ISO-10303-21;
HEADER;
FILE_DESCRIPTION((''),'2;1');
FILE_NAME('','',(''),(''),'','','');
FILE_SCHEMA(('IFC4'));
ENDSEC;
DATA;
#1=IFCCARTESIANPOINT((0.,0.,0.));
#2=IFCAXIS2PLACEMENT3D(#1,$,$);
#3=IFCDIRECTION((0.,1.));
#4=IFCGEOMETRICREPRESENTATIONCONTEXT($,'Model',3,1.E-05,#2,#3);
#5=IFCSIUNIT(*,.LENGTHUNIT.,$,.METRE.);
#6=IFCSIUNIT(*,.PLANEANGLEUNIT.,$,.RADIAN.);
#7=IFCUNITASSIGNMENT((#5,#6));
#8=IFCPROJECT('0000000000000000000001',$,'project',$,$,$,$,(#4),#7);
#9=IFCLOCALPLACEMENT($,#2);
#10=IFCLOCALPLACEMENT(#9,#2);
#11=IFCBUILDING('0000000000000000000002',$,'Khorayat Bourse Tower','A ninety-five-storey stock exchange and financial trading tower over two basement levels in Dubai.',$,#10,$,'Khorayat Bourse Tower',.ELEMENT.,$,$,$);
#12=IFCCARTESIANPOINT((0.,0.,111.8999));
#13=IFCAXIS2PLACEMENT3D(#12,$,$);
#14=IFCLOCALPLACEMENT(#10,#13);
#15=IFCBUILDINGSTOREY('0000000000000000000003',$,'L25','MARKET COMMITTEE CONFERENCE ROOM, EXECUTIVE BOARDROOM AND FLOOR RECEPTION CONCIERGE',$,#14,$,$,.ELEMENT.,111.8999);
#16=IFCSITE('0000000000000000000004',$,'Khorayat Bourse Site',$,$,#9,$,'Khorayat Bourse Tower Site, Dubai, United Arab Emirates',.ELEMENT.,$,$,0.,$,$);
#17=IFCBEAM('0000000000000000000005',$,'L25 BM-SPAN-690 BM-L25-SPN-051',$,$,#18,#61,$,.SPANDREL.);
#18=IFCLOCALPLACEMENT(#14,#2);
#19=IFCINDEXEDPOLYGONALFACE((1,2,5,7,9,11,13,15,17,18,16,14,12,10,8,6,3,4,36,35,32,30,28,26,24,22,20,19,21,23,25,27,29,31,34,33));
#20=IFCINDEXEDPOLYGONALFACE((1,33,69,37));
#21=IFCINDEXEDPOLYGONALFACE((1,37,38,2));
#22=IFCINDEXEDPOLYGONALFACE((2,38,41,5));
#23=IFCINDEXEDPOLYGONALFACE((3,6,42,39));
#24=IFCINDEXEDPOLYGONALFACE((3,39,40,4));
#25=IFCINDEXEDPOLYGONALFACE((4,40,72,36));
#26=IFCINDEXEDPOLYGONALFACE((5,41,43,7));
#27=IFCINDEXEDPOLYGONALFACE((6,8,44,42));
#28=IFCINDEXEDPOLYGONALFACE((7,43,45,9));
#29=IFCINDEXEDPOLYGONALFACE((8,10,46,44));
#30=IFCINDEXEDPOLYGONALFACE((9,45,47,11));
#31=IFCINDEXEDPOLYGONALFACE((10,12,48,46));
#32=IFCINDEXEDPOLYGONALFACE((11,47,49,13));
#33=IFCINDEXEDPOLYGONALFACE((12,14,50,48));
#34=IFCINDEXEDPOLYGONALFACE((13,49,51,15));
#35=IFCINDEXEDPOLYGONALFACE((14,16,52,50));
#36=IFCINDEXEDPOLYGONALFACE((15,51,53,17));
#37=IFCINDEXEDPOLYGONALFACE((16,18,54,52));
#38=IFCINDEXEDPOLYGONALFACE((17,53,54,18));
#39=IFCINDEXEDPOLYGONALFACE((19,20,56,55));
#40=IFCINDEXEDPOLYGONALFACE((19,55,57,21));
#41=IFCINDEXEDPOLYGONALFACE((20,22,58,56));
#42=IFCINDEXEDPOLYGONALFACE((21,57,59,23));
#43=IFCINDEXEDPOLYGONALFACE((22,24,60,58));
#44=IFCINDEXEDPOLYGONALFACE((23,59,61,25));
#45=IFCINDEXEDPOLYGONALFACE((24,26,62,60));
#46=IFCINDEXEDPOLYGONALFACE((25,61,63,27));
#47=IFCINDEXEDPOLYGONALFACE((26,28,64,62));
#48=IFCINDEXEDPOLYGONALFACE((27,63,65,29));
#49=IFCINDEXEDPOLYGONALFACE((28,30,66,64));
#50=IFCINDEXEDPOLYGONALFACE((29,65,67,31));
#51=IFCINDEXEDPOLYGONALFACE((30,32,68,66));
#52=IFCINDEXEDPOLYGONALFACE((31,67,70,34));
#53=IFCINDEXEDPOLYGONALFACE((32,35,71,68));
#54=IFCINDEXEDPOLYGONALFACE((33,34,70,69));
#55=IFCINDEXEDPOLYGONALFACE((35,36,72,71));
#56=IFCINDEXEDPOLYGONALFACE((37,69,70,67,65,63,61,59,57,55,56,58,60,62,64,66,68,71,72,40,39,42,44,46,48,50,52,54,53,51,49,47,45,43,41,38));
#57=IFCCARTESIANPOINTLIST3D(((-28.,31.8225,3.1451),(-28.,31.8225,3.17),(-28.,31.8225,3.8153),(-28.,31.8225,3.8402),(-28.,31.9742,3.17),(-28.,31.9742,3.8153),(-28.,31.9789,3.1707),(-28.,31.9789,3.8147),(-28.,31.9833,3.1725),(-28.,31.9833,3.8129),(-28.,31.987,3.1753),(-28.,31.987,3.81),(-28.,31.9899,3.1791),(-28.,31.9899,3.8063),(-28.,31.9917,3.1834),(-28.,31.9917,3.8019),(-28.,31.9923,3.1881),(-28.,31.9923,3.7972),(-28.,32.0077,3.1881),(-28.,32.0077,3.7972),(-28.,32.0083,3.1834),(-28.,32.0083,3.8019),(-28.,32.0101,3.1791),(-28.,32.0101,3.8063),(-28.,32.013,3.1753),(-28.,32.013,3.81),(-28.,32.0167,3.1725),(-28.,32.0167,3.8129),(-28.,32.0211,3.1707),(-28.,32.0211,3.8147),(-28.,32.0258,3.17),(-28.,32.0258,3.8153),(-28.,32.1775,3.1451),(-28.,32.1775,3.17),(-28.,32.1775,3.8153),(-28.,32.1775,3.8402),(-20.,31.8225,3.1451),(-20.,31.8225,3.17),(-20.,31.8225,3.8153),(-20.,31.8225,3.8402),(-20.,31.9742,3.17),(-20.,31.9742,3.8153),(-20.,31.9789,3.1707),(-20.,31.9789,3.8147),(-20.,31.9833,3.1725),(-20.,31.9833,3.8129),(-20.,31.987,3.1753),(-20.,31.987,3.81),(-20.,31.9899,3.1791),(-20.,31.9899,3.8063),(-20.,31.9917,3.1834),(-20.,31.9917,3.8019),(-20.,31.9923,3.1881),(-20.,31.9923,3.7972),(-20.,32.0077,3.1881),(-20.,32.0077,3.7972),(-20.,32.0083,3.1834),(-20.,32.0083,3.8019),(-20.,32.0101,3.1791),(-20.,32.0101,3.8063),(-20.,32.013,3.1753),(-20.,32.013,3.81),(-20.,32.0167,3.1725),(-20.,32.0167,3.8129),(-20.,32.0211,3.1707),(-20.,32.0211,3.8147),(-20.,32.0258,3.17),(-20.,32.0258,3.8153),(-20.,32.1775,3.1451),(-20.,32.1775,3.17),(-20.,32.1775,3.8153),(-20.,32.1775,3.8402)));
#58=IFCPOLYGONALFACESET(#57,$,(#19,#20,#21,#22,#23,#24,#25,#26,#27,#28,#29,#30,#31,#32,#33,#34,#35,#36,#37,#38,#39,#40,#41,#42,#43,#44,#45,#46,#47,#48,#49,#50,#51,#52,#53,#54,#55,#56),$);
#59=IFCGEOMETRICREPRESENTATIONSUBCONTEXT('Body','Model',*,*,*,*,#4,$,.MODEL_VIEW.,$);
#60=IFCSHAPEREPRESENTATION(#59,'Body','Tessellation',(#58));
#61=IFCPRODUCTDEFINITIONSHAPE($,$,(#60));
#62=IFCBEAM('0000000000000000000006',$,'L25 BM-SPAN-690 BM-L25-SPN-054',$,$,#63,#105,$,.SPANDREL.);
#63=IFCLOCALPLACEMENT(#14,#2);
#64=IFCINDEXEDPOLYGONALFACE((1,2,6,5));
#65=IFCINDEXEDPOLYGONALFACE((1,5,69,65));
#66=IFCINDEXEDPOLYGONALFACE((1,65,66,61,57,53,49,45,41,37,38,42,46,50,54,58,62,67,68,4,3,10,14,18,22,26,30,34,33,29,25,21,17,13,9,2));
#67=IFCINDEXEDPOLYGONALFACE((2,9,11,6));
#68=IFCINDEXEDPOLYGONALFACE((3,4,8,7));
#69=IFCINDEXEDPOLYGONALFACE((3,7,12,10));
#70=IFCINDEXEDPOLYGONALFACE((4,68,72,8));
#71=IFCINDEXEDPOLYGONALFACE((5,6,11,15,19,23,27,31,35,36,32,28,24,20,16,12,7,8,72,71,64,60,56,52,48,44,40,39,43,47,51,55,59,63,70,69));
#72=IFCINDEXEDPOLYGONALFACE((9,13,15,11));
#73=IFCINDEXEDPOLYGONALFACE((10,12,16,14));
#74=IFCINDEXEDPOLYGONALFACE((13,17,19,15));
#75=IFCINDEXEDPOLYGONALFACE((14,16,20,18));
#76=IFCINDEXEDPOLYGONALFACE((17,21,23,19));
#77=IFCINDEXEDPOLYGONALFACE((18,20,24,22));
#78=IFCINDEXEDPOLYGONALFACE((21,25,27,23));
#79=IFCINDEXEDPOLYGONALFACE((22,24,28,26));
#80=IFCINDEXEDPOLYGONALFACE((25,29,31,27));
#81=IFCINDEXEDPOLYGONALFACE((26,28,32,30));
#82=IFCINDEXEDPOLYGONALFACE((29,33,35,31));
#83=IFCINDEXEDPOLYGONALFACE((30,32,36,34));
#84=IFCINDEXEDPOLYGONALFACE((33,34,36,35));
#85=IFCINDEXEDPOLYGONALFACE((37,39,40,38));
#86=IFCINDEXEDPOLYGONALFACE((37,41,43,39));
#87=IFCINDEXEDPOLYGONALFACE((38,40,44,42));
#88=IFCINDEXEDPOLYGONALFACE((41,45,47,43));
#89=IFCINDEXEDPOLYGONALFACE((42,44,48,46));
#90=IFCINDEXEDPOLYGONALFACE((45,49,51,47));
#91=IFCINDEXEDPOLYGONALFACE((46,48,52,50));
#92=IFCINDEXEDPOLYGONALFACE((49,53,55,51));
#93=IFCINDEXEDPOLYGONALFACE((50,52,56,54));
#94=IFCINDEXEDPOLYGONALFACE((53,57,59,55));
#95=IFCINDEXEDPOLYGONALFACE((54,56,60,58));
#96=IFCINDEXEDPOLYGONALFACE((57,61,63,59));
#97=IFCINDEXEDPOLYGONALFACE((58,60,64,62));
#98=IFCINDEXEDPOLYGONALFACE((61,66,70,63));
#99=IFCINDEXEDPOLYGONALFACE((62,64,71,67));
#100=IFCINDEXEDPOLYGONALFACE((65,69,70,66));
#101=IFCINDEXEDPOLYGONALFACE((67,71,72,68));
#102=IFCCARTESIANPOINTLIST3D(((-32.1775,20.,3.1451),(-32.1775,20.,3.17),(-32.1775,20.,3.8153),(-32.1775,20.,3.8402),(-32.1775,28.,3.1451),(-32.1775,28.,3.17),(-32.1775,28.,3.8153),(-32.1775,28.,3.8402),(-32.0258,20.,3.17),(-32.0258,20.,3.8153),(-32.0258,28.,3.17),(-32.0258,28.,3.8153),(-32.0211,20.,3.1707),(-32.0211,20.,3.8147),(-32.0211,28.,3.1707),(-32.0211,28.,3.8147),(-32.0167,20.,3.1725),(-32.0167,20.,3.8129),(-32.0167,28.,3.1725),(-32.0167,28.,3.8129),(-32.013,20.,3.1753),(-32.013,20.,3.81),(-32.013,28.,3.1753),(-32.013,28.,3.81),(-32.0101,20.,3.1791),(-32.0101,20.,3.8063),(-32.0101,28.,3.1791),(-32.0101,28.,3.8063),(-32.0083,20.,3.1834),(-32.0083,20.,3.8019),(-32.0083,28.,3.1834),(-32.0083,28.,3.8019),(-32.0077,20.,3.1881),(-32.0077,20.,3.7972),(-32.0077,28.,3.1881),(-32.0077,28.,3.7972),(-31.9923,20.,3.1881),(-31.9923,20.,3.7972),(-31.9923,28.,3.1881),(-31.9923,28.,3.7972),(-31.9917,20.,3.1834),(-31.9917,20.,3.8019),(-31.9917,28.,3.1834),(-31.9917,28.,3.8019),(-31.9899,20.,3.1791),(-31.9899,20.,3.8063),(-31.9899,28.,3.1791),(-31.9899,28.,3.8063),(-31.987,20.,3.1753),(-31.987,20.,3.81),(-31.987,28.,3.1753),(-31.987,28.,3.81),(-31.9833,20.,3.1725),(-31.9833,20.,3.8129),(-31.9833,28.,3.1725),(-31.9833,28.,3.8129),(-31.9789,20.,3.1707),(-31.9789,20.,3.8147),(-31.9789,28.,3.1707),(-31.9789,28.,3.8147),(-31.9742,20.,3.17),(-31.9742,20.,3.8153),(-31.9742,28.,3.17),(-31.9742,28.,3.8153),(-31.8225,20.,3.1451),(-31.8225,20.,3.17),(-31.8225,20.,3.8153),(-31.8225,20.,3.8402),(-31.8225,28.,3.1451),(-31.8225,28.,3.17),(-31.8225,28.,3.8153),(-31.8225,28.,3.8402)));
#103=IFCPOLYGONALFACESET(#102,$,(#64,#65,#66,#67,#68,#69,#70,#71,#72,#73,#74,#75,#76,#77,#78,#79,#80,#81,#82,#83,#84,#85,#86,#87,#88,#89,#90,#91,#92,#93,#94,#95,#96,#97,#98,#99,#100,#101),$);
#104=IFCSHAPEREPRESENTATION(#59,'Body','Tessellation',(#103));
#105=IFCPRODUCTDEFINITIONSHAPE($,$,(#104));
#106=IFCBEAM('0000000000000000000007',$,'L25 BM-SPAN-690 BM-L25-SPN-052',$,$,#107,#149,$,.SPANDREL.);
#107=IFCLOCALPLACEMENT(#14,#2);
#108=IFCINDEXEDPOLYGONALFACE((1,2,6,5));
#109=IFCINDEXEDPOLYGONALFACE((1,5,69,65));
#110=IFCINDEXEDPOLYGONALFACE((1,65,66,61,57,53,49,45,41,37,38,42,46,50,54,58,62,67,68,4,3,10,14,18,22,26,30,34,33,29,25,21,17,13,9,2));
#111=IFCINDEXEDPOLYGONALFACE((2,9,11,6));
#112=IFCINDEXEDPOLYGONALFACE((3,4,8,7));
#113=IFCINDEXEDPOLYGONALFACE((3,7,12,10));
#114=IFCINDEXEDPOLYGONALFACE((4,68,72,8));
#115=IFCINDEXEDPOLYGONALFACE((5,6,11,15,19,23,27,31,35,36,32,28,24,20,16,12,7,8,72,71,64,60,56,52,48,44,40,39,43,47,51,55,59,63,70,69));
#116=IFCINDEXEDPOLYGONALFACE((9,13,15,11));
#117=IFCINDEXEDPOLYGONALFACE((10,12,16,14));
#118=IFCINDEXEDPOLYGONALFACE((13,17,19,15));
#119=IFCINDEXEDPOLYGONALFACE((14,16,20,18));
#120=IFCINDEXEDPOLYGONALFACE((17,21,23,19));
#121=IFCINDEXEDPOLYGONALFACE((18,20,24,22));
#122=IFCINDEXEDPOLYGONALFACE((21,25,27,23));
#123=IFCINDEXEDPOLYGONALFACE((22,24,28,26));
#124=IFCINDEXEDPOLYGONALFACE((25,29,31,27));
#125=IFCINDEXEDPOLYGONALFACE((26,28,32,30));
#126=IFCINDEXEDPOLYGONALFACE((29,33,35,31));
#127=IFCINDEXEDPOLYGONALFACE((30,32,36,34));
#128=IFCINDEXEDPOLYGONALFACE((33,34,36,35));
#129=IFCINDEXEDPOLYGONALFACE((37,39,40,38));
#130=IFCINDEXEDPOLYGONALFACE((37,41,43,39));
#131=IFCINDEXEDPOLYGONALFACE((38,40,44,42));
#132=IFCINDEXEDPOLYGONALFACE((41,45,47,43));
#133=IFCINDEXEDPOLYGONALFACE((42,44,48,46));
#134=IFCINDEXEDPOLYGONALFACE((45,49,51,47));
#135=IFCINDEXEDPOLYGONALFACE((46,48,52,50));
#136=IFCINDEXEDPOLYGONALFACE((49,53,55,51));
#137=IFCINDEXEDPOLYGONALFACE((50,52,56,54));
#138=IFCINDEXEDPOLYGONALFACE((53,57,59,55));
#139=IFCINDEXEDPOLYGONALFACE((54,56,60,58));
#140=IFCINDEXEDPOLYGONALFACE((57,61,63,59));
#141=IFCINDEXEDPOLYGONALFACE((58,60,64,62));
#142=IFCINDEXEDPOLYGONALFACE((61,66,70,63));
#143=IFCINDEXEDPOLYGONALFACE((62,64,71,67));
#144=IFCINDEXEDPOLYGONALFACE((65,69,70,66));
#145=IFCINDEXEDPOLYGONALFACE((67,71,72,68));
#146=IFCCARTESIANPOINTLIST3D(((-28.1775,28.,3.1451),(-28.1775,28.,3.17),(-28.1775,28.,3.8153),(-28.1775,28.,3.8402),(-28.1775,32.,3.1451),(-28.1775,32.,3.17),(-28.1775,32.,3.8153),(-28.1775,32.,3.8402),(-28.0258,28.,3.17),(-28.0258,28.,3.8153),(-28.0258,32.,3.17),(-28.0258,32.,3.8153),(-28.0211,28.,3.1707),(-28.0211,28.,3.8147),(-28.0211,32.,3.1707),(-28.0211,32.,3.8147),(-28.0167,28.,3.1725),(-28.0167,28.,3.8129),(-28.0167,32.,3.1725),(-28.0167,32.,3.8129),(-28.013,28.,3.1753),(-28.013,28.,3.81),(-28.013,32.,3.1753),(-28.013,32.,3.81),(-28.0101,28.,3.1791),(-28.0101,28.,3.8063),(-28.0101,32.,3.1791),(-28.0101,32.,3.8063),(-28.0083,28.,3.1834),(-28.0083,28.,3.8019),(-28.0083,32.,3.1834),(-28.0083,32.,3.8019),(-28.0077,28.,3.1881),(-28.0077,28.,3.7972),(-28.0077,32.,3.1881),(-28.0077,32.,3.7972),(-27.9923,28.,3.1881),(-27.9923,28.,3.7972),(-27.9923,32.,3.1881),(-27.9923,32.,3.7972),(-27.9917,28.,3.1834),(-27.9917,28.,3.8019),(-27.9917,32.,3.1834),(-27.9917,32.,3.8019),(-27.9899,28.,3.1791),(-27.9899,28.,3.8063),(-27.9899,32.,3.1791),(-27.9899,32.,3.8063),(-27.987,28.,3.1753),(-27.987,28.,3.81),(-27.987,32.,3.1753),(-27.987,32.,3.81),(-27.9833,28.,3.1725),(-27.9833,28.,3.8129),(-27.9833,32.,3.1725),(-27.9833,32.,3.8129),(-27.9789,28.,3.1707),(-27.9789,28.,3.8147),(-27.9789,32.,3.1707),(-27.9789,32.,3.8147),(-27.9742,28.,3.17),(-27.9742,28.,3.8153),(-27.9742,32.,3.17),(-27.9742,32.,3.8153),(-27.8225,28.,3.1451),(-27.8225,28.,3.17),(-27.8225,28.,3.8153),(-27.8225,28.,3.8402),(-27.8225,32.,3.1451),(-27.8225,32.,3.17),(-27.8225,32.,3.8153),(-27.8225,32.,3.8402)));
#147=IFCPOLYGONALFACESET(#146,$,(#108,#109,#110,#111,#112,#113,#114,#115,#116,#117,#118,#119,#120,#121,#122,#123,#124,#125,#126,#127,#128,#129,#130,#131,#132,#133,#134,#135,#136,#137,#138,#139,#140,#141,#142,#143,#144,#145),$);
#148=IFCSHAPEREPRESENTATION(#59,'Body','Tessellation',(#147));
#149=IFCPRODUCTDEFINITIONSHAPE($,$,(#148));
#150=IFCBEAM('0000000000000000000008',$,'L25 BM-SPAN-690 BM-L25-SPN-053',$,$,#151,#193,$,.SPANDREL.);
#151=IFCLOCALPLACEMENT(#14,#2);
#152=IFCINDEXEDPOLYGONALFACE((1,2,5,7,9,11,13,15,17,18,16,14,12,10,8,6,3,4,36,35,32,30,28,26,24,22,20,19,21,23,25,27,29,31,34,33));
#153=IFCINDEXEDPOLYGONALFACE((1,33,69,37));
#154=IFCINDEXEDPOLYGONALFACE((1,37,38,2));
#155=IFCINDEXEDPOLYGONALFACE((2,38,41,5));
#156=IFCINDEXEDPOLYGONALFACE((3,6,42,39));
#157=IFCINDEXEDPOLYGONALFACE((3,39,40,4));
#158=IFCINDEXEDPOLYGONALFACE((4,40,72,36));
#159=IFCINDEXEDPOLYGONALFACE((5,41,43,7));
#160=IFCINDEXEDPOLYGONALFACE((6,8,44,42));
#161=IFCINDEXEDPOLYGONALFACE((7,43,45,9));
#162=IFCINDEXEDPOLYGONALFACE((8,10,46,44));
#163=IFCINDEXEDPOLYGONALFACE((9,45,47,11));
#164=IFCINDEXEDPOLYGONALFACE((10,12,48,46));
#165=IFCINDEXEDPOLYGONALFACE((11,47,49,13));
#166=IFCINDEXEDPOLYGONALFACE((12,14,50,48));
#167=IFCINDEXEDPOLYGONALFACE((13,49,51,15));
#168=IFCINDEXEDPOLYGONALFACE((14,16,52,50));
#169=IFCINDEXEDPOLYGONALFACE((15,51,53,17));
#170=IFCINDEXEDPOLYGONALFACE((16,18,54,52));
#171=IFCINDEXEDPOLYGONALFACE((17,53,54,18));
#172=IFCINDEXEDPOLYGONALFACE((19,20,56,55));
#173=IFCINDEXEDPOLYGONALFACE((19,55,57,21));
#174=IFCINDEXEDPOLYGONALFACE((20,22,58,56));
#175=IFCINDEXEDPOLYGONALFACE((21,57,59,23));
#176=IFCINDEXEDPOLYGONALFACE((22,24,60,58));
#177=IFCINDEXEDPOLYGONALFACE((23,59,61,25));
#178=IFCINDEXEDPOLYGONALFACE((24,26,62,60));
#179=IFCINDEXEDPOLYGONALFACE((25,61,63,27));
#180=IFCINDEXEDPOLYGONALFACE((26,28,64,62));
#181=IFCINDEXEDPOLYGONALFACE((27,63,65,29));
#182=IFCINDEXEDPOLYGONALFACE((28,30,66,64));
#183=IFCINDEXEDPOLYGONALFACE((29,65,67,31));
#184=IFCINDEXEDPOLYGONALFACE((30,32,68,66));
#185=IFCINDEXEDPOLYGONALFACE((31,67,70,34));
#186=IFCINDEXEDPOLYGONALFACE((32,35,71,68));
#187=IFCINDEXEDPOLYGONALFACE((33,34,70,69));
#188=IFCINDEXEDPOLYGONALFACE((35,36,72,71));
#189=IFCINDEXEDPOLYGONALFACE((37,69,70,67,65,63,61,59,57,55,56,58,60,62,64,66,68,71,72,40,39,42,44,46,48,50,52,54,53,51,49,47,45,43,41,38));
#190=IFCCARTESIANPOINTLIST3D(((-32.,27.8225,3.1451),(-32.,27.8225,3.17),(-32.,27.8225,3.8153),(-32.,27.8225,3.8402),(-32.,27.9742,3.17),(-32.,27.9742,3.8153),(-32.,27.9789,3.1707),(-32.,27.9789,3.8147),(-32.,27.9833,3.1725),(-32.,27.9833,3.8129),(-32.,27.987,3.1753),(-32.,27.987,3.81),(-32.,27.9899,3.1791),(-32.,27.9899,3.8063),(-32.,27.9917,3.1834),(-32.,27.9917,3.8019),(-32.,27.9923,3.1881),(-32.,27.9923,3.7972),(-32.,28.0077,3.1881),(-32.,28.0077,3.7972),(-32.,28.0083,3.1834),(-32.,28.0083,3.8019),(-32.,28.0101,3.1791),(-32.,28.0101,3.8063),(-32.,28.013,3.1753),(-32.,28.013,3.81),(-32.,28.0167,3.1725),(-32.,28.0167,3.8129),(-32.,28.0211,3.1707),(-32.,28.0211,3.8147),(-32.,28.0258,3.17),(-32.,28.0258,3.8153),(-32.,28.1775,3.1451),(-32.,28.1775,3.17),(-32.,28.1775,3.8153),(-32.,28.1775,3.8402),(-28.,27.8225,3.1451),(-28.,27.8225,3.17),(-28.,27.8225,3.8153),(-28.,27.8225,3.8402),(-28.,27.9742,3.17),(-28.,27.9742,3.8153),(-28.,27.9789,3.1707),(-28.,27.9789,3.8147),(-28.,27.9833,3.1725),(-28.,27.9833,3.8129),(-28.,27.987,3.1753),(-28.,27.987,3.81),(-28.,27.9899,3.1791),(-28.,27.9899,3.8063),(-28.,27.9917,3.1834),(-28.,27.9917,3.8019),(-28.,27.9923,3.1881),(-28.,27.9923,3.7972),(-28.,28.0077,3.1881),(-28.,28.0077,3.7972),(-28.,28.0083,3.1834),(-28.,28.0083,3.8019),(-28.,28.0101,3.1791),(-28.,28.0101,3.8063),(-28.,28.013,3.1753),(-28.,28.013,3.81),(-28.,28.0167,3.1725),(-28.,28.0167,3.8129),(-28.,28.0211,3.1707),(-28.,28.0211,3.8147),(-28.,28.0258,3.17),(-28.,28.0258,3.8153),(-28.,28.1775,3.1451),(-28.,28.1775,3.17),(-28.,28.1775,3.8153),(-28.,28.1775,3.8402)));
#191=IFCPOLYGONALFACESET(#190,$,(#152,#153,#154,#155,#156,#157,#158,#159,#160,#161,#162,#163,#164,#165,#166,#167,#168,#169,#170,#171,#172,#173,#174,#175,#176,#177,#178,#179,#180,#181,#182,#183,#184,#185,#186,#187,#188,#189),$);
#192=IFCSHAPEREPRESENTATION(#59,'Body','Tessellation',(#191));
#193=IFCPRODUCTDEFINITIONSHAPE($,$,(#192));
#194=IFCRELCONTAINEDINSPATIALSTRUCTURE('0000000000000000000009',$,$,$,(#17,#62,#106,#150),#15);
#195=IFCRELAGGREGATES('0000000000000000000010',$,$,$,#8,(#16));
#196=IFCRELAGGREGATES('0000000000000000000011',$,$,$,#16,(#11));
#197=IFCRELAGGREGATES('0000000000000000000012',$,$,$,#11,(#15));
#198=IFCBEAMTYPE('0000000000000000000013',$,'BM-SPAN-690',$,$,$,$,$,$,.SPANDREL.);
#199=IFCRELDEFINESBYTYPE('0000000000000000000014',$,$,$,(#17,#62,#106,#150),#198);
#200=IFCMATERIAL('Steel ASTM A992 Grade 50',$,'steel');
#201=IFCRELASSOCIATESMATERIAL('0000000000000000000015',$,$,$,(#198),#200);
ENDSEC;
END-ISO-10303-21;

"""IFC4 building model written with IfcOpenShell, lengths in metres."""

from ifc_helpers import new_model, si_unit, direction, frame, origin, origin_2d, place, context, subcontext, project, spatial, i_section, extrude, source, transform, mapped, material, material_profile, profile_set, type_object, element, save


model = new_model("IFC4")

# Units and contexts
model_context = context("Model", 3, precision=1e-05, world=origin(), true_north=direction((0.0, 1.0)))
body_context = subcontext(model_context, "Body", "Model", "MODEL_VIEW")
ifc_project = project(units=[si_unit("LENGTHUNIT", "METRE"), si_unit("PLANEANGLEUNIT", "RADIAN")], contexts=[model_context])

# Site, building, storey
site_placement = place(None, origin())
site = spatial("IfcSite", under=ifc_project, at=site_placement, Name="Khorayat Bourse Site", LongName="Khorayat Bourse Tower Site, Dubai, United Arab Emirates", CompositionType="ELEMENT", RefElevation=0.0)
building_placement = place(site_placement, origin())
building = spatial("IfcBuilding", under=site, at=building_placement, Name="Khorayat Bourse Tower", Description="A ninety-five-storey stock exchange and financial trading tower over two basement levels in Dubai.", LongName="Khorayat Bourse Tower", CompositionType="ELEMENT")
storey_placement = place(building_placement, frame((0.0, 0.0, 111.8999)))
storey = spatial("IfcBuildingStorey", under=building, at=storey_placement, Name="L25", Description="MARKET COMMITTEE CONFERENCE ROOM, EXECUTIVE BOARDROOM AND FLOOR RECEPTION CONCIERGE", CompositionType="ELEMENT", Elevation=111.8999)

# Beams
ifc_material_1 = material(Name="Steel ASTM A992 Grade 50", Category="steel")
ifc_material_profile_1 = material_profile(ifc_material_1, i_section(OverallWidth=0.355, OverallDepth=0.6951, WebThickness=0.0154, FlangeThickness=0.0249, FilletRadius=0.0181, at=origin_2d()), Name="W690X217")
ifc_profile_set_1 = profile_set([ifc_material_profile_1], Name="Steel ASTM A992 Grade 50")
beam_type_1 = type_object("IfcBeamType", Name="BM-SPAN-690", PredefinedType="SPANDREL", material=ifc_profile_set_1)
shared_shape_1 = source(origin(), body_context, "Body", "SweptSolid", [
    extrude(i_section(OverallWidth=0.355, OverallDepth=0.6951, WebThickness=0.0154, FlangeThickness=0.0249, FilletRadius=0.0181, at=origin_2d()), origin(), (0.0, 0.0, 1.0), 8.0),
])
for number, where, z_axis, x_axis, name in (
    (1, (-28.0, 32.0, 3.4927), (1.0, 0.0, 0.0), (0.0, 1.0, 0.0), "L25 BM-SPAN-690 BM-L25-SPN-051"),
    (2, (-32.0, 20.0, 3.4927), (0.0, 1.0, 0.0), (-1.0, 0.0, 0.0), "L25 BM-SPAN-690 BM-L25-SPN-054"),
):
    element("IfcBeam", number, at=place(storey_placement, frame(where, z_axis=z_axis, x_axis=x_axis)), inside=storey, type_object=beam_type_1, Name=name, PredefinedType="SPANDREL", context=body_context, shape_type="MappedRepresentation", body=[
        mapped(shared_shape_1, transform((0.0, 0.0, 0.0), scale=1.0)),
    ])
shared_shape_2 = source(origin(), body_context, "Body", "SweptSolid", [
    extrude(i_section(OverallWidth=0.355, OverallDepth=0.6951, WebThickness=0.0154, FlangeThickness=0.0249, FilletRadius=0.0181, at=origin_2d()), origin(), (0.0, 0.0, 1.0), 4.0),
])
for number, where, z_axis, x_axis, name in (
    (3, (-28.0, 28.0, 3.4927), (0.0, 1.0, 0.0), (-1.0, 0.0, 0.0), "L25 BM-SPAN-690 BM-L25-SPN-052"),
    (4, (-32.0, 28.0, 3.4927), (1.0, 0.0, 0.0), (0.0, 1.0, 0.0), "L25 BM-SPAN-690 BM-L25-SPN-053"),
):
    element("IfcBeam", number, at=place(storey_placement, frame(where, z_axis=z_axis, x_axis=x_axis)), inside=storey, type_object=beam_type_1, Name=name, PredefinedType="SPANDREL", context=body_context, shape_type="MappedRepresentation", body=[
        mapped(shared_shape_2, transform((0.0, 0.0, 0.0), scale=1.0)),
    ])

save(model, "model.ifc")
